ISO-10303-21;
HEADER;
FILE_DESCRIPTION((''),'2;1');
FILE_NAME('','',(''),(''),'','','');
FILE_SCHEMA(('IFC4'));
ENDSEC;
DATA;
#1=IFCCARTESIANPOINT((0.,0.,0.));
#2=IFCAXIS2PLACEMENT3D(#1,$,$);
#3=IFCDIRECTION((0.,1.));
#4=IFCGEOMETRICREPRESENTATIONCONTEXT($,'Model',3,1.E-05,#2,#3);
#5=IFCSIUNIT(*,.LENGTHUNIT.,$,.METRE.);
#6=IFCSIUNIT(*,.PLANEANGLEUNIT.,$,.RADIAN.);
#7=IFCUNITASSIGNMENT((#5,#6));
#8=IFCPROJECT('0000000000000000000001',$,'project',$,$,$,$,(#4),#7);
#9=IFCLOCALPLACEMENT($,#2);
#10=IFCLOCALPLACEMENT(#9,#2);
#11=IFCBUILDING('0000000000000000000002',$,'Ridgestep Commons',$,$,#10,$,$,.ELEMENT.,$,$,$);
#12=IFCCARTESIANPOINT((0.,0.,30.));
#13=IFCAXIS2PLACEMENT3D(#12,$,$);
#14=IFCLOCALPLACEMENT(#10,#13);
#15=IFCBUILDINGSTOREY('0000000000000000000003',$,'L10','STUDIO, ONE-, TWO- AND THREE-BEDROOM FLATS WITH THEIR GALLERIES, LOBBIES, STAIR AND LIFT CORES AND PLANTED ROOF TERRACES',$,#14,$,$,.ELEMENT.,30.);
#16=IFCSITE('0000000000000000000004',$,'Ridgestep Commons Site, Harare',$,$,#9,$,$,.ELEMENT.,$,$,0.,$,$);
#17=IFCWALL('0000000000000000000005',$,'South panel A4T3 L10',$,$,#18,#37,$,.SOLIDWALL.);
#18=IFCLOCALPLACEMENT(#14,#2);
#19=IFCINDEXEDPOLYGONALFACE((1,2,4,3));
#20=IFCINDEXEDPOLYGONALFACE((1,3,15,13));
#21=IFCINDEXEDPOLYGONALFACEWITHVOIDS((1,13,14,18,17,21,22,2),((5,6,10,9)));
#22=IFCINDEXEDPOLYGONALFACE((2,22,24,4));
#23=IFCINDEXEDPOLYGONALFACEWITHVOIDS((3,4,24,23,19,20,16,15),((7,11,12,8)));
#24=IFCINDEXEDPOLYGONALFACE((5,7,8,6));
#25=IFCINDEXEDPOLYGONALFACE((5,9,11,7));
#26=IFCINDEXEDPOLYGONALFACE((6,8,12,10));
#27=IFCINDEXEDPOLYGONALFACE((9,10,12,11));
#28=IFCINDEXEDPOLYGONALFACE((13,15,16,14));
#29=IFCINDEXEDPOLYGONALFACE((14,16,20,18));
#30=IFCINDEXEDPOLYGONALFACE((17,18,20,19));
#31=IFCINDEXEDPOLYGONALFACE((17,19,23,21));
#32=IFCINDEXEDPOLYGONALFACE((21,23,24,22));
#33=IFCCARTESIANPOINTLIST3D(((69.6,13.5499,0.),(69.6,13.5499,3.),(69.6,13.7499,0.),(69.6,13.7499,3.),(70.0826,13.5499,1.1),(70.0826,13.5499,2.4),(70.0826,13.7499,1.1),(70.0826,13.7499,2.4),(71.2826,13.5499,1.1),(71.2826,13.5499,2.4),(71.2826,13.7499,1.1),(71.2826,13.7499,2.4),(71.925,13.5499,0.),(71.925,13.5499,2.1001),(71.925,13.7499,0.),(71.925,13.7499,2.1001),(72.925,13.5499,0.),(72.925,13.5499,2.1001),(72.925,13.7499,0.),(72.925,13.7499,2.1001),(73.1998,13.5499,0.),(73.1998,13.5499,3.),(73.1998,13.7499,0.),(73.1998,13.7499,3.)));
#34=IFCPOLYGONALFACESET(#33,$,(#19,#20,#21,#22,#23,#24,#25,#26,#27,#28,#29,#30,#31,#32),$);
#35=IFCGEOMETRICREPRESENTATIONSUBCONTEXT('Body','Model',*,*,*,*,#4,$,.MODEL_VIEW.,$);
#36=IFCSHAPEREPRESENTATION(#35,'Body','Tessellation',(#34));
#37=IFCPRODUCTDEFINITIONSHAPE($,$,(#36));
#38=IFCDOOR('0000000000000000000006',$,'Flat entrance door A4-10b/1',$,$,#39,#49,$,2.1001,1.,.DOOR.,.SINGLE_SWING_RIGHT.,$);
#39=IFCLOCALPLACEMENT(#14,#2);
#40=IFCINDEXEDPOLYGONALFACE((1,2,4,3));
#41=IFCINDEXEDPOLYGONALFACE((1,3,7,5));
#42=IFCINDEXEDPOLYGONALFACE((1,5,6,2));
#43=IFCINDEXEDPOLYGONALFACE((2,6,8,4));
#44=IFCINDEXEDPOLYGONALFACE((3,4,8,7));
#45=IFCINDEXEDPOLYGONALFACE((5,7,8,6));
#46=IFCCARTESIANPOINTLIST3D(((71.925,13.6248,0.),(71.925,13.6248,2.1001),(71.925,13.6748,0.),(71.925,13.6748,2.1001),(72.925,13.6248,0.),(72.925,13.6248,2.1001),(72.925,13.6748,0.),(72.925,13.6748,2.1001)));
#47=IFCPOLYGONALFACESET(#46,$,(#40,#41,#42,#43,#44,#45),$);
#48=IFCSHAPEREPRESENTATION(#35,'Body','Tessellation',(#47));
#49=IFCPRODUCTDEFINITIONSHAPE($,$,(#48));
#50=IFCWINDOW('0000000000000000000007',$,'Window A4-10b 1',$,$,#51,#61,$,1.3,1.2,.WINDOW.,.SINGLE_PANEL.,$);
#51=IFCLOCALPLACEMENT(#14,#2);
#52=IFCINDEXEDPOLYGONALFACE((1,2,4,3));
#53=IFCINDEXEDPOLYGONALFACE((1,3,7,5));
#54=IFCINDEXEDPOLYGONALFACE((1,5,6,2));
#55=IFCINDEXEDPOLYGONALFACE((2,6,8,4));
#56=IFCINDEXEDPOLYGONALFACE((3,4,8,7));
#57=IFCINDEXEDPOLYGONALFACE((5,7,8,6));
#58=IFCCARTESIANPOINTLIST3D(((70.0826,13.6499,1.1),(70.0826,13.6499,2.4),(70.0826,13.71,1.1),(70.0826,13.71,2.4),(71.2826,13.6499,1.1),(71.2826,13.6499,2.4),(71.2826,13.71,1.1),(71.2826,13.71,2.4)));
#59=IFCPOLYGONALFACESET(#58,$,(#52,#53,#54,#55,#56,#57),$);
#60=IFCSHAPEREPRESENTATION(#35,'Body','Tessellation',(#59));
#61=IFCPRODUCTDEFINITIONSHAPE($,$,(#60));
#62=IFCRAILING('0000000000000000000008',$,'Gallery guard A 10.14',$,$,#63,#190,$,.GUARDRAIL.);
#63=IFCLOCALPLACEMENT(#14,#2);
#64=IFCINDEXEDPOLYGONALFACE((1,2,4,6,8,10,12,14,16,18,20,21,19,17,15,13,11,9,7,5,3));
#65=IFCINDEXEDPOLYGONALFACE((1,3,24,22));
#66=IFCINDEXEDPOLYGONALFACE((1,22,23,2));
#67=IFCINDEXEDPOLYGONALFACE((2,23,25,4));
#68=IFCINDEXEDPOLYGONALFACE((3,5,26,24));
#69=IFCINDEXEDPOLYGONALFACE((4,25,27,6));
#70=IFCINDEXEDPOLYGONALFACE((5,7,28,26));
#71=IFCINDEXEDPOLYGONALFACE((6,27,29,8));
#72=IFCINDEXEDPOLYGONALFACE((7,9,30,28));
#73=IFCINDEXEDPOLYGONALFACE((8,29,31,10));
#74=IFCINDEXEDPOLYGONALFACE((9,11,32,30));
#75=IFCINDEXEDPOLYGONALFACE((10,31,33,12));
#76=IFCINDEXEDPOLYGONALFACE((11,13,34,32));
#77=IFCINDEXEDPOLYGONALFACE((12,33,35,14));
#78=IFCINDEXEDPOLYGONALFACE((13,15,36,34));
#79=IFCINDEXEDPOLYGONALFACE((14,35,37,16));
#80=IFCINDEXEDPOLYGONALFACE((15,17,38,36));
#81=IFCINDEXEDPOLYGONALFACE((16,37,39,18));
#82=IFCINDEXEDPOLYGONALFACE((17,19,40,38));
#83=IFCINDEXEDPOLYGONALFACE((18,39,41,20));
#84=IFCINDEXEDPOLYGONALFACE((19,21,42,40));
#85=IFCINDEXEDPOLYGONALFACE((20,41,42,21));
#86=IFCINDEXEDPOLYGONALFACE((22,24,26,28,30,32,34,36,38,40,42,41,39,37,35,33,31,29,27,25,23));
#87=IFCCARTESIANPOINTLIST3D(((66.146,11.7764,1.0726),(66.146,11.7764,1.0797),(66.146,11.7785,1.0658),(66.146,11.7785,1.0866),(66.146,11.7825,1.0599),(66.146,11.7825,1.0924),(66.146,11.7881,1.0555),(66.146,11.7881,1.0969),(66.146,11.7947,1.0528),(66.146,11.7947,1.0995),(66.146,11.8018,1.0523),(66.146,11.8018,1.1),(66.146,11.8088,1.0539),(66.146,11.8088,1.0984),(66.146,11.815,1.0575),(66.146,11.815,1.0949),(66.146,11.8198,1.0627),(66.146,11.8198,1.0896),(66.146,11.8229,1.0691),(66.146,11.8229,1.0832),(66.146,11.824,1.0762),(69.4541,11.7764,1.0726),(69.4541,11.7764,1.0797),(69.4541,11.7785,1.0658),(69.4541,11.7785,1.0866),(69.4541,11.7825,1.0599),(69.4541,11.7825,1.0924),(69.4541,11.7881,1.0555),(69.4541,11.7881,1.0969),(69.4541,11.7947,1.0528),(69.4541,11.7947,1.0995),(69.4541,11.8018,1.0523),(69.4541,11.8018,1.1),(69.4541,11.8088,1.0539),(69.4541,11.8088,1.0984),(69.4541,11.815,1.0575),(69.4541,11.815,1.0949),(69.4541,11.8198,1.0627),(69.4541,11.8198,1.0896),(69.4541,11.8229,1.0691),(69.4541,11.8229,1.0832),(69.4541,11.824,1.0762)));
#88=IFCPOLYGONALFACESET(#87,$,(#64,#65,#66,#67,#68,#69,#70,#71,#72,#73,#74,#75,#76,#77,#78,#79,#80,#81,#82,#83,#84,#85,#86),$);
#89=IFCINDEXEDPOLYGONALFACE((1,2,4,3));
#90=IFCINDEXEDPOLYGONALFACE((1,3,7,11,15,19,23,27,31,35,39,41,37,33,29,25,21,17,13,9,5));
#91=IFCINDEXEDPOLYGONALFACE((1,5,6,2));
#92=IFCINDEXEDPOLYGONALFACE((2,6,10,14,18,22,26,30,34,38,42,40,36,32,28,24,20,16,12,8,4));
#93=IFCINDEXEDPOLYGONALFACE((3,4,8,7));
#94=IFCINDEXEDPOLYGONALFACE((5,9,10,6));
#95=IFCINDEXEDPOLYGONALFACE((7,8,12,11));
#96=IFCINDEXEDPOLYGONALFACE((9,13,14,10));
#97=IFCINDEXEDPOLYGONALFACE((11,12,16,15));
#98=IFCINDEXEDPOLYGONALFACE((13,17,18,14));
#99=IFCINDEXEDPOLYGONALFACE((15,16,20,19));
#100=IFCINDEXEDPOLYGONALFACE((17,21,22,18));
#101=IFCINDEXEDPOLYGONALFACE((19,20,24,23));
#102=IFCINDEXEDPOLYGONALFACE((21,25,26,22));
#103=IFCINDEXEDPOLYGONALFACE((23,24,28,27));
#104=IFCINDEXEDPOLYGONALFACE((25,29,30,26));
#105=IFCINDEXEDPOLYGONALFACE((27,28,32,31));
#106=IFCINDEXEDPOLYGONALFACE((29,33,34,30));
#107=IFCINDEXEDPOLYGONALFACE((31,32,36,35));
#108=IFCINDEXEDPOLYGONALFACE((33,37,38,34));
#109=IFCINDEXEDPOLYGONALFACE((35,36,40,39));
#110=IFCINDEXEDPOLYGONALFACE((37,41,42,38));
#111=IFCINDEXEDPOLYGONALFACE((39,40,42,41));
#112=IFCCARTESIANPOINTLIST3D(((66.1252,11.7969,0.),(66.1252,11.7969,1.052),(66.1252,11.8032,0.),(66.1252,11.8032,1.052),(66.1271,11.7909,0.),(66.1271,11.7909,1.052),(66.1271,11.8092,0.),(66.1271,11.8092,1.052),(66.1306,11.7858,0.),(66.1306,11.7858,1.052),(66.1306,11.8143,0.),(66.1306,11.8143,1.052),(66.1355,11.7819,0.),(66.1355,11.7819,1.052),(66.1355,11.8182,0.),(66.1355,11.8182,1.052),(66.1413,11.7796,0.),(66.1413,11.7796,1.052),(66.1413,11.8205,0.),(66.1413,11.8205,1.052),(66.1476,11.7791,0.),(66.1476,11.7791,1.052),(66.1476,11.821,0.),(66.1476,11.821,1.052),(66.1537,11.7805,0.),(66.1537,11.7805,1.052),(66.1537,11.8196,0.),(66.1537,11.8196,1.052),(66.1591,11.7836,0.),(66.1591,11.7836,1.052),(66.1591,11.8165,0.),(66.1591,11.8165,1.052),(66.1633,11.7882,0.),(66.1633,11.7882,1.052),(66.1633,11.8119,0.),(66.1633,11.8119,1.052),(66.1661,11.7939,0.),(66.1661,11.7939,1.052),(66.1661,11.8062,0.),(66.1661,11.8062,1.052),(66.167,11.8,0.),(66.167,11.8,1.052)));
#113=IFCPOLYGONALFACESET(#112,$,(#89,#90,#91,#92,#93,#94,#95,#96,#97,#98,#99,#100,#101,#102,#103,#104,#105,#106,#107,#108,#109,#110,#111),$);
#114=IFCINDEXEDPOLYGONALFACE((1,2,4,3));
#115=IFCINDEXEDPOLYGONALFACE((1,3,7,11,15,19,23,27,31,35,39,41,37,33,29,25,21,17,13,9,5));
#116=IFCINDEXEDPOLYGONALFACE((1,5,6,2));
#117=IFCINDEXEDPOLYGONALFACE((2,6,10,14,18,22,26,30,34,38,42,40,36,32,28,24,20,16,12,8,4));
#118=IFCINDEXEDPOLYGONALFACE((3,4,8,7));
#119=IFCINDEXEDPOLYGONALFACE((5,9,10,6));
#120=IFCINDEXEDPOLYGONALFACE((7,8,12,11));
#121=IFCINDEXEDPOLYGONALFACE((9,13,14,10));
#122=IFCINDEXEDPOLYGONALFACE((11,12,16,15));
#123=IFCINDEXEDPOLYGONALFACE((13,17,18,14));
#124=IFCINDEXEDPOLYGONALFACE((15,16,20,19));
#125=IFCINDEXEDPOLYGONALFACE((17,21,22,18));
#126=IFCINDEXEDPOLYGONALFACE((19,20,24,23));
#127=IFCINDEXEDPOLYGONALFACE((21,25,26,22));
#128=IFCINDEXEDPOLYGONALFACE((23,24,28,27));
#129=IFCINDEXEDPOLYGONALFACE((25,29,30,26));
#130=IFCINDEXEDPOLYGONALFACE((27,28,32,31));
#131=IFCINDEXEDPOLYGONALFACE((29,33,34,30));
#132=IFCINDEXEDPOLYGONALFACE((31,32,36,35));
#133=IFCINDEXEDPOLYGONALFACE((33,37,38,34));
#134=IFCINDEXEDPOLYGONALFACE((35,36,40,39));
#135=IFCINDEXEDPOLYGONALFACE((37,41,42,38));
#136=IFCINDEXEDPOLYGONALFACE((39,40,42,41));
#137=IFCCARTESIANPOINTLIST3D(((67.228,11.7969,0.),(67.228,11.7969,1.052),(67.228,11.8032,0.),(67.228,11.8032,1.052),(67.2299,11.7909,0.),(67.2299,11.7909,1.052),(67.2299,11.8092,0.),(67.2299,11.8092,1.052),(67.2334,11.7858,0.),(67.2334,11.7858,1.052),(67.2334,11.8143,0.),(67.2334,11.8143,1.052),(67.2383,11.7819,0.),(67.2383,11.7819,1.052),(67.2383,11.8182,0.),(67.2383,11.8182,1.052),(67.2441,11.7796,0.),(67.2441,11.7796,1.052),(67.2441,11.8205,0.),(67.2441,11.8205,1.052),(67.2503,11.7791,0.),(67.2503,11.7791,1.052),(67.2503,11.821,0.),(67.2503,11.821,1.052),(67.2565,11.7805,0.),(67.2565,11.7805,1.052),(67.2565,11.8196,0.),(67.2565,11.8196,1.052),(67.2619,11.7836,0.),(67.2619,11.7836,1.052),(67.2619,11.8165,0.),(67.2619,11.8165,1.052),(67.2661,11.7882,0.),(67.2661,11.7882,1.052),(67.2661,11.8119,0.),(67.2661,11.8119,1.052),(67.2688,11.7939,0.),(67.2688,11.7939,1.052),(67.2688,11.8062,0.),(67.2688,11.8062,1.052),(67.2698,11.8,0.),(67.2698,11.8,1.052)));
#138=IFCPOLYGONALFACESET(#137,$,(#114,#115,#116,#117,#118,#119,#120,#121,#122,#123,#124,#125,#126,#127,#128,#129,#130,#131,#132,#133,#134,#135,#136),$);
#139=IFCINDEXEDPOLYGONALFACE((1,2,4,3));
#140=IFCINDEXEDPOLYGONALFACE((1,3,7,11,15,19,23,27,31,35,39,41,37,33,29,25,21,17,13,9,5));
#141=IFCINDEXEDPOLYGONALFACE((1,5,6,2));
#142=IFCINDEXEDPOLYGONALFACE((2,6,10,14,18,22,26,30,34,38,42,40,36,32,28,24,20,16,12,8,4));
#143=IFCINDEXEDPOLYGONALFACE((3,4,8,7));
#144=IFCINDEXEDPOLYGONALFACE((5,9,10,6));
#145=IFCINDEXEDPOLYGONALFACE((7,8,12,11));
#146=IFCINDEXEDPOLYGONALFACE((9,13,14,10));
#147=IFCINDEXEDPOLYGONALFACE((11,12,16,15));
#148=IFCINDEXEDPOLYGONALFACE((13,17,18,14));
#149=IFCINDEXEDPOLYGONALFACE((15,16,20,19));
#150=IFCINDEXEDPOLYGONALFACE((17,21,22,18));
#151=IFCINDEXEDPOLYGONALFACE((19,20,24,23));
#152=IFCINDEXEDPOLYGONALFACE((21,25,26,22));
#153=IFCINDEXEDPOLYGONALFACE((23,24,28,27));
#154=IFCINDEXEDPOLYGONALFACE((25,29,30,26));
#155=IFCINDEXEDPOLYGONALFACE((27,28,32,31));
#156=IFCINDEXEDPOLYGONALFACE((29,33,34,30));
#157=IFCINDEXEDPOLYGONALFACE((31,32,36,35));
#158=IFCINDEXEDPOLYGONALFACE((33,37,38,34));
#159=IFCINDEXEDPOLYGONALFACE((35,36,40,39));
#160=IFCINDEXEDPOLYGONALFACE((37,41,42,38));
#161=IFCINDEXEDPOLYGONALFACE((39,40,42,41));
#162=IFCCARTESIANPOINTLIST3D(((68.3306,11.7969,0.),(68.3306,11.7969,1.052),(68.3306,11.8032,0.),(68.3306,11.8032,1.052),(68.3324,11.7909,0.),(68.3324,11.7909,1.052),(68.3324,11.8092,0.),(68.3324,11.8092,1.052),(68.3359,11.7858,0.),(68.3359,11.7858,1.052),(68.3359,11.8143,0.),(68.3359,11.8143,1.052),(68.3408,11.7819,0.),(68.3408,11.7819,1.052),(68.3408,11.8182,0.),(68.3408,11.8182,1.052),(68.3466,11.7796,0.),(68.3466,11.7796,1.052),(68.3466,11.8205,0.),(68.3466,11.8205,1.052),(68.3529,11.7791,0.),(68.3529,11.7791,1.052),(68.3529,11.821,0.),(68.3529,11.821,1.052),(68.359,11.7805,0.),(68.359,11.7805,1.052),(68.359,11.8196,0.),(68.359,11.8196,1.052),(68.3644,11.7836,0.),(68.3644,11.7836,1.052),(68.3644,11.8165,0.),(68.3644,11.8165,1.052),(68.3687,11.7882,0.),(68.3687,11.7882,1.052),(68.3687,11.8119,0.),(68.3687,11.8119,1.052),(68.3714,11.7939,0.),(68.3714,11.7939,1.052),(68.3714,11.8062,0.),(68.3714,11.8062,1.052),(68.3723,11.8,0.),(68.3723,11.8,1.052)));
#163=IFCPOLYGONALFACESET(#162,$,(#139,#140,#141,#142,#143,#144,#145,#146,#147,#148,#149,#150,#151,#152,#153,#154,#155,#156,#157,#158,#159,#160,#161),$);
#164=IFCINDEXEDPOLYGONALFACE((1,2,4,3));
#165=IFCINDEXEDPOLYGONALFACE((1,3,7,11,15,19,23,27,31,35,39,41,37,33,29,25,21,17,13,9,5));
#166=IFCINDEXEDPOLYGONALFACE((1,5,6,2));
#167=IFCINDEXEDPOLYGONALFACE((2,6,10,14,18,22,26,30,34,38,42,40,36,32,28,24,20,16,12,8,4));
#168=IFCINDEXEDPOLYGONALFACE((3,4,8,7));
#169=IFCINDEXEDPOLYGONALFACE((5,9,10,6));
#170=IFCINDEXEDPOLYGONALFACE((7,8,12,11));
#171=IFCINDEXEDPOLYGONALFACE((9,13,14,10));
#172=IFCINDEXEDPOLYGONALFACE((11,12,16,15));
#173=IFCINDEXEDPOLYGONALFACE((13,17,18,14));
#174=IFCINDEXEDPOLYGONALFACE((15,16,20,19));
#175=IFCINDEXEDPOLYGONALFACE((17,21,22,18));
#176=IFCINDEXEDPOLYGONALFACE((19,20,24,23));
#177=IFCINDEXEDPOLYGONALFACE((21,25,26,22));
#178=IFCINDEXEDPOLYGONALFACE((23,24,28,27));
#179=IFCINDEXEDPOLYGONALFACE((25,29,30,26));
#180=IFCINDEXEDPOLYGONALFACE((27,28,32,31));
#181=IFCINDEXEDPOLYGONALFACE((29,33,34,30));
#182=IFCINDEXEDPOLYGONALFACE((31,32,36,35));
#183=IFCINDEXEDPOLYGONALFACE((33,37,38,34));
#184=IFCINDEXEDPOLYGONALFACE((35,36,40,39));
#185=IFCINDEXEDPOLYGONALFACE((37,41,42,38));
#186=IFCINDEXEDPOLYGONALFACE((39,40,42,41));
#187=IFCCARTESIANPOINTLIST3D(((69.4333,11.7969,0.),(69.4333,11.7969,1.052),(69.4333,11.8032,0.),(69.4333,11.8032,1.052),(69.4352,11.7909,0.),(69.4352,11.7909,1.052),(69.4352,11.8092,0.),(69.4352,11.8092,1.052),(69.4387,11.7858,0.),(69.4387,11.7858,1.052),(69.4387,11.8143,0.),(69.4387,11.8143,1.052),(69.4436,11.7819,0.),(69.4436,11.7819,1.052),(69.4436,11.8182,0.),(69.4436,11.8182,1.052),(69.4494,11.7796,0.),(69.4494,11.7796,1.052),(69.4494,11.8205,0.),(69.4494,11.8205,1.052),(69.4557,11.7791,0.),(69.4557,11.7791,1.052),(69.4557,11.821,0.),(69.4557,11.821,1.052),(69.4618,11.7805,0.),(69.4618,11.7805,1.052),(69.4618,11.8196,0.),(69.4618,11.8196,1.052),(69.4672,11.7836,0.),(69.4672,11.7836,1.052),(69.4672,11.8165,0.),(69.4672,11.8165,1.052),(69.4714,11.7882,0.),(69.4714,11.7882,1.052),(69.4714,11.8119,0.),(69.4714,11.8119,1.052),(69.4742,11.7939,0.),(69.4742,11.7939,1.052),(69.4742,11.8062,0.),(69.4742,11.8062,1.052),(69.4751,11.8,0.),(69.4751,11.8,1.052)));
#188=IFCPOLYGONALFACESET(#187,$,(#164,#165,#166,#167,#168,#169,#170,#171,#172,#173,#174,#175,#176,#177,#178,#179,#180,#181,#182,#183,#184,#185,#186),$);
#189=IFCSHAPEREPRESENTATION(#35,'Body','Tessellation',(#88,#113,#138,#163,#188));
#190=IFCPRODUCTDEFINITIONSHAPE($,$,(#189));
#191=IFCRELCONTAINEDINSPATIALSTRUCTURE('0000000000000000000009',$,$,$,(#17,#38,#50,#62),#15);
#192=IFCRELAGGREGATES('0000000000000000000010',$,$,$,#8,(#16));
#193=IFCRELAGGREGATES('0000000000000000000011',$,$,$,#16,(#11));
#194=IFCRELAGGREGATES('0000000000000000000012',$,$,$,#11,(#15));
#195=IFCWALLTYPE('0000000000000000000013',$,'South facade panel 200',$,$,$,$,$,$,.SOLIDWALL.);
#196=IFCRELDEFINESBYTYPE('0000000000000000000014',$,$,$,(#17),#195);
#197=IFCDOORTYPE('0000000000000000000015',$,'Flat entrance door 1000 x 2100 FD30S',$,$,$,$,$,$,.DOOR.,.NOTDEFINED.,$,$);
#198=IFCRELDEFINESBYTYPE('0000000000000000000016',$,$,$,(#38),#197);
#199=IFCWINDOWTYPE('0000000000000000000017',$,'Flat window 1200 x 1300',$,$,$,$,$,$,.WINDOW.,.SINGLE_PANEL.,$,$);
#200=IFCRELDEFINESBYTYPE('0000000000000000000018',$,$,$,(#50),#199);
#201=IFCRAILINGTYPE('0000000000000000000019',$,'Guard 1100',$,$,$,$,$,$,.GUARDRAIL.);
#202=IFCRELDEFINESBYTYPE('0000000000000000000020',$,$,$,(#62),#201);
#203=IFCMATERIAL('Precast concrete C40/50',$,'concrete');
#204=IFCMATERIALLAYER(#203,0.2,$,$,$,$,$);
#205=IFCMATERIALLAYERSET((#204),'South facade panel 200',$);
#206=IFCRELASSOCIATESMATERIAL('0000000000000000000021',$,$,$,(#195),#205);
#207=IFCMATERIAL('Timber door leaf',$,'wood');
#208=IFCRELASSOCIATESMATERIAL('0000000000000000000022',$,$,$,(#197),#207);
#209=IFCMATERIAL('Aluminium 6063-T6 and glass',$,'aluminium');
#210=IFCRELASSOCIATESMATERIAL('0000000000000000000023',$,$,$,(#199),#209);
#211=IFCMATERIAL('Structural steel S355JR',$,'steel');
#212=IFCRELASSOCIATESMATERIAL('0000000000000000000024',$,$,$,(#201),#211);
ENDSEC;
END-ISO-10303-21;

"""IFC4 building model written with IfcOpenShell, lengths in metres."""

from ifc_helpers import new_model, si_unit, direction, frame, frame_2d, origin, origin_2d, place, context, subcontext, project, spatial, rectangle, circle, extrude, material, layer, layer_set, type_object, element, fill, save


model = new_model("IFC4")

# Units and contexts
model_context = context("Model", 3, precision=1e-05, world=origin(), true_north=direction((0.0, 1.0)))
body_context = subcontext(model_context, "Body", "Model", "MODEL_VIEW")
ifc_project = project(units=[si_unit("LENGTHUNIT", "METRE"), si_unit("PLANEANGLEUNIT", "RADIAN")], contexts=[model_context])

# Site, building, storey
site_placement = place(None, origin())
site = spatial("IfcSite", under=ifc_project, at=site_placement, Name="Ridgestep Commons Site, Harare", CompositionType="ELEMENT", RefElevation=0.0)
building_placement = place(site_placement, origin())
building = spatial("IfcBuilding", under=site, at=building_placement, Name="Ridgestep Commons", CompositionType="ELEMENT")
storey_placement = place(building_placement, frame((0.0, 0.0, 30.0)))
storey = spatial("IfcBuildingStorey", under=building, at=storey_placement, Name="L10", Description="STUDIO, ONE-, TWO- AND THREE-BEDROOM FLATS WITH THEIR GALLERIES, LOBBIES, STAIR AND LIFT CORES AND PLANTED ROOF TERRACES", CompositionType="ELEMENT", Elevation=30.0)

# Wall, openings, door, window
ifc_material_1 = material(Name="Precast concrete C40/50", Category="concrete")
ifc_layer_1 = layer(ifc_material_1, 0.2)
ifc_layer_set_1 = layer_set([ifc_layer_1], Name="South facade panel 200")
wall_type_1 = type_object("IfcWallType", Name="South facade panel 200", PredefinedType="SOLIDWALL", material=ifc_layer_set_1)
wall_1_placement = place(storey_placement, frame((69.6001, 13.6499, 0.0), z_axis=(0.0, 0.0, 1.0), x_axis=(1.0, 0.0, 0.0)))
wall_1 = element("IfcWall", 1, at=wall_1_placement, inside=storey, type_object=wall_type_1, Name="South panel A4T3 L10", PredefinedType="SOLIDWALL", context=body_context, shape_type="SweptSolid", body=[
    extrude(rectangle(XDim=3.5999, YDim=0.2, at=frame_2d((1.7998, 0.0))), origin(), (0.0, 0.0, 1.0), 3.0),
])
opening_1_placement = place(wall_1_placement, frame((0.4824, 0.0, 1.1001)))
opening_1 = element("IfcOpeningElement", 2, at=opening_1_placement, cuts=wall_1, PredefinedType="OPENING", context=body_context, shape_type="SweptSolid", body=[
    extrude(rectangle(XDim=1.2, YDim=1.3, at=frame_2d((0.6001, 0.6499))), frame((0.0, 0.1099, 0.0), z_axis=(0.0, -1.0, 0.0), x_axis=(1.0, 0.0, 0.0)), (0.0, 0.0, 1.0), 0.22),
])
opening_2_placement = place(wall_1_placement, frame((2.325, 0.0, 0.0)))
opening_2 = element("IfcOpeningElement", 3, at=opening_2_placement, cuts=wall_1, PredefinedType="OPENING", context=body_context, shape_type="SweptSolid", body=[
    extrude(rectangle(XDim=1.0, YDim=2.1001, at=frame_2d((0.5, 1.05))), frame((0.0, 0.1099, 0.0), z_axis=(0.0, -1.0, 0.0), x_axis=(1.0, 0.0, 0.0)), (0.0, 0.0, 1.0), 0.22),
])
ifc_material_2 = material(Name="Timber door leaf", Category="wood")
door_type_1 = type_object("IfcDoorType", Name="Flat entrance door 1000 x 2100 FD30S", OperationType="NOTDEFINED", PredefinedType="DOOR", material=ifc_material_2)
door_1_placement = place(opening_2_placement, origin())
door_1 = element("IfcDoor", 4, at=door_1_placement, inside=storey, type_object=door_type_1, Name="Flat entrance door A4-10b/1", OperationType="SINGLE_SWING_RIGHT", OverallHeight=2.1001, OverallWidth=1.0, PredefinedType="DOOR", context=body_context, shape_type="SweptSolid", body=[
    extrude(rectangle(XDim=1.0, YDim=2.1001, at=frame_2d((0.5, 1.05))), frame((0.0, 0.0249, 0.0), z_axis=(0.0, -1.0, 0.0), x_axis=(1.0, 0.0, 0.0)), (0.0, 0.0, 1.0), 0.05),
])
fill(opening_2, door_1)
ifc_material_3 = material(Name="Aluminium 6063-T6 and glass", Category="aluminium")
window_type = type_object("IfcWindowType", Name="Flat window 1200 x 1300", PartitioningType="SINGLE_PANEL", PredefinedType="WINDOW", material=ifc_material_3)
window_placement = place(opening_1_placement, origin())
window = element("IfcWindow", 5, at=window_placement, inside=storey, type_object=window_type, Name="Window A4-10b 1", OverallHeight=1.3, OverallWidth=1.2, PartitioningType="SINGLE_PANEL", PredefinedType="WINDOW", context=body_context, shape_type="SweptSolid", body=[
    extrude(rectangle(XDim=1.2, YDim=1.3, at=frame_2d((0.6001, 0.6499))), frame((0.0, 0.0601, 0.0), z_axis=(0.0, -1.0, 0.0), x_axis=(1.0, 0.0, 0.0)), (0.0, 0.0, 1.0), 0.0601),
])
fill(opening_1, window)

# Railing
ifc_material_4 = material(Name="Structural steel S355JR", Category="steel")
railing_type = type_object("IfcRailingType", Name="Guard 1100", PredefinedType="GUARDRAIL", material=ifc_material_4)
railing_placement = place(storey_placement, frame((66.146, 11.8, 0.0)))
element("IfcRailing", 6, at=railing_placement, inside=storey, type_object=railing_type, Name="Gallery guard A 10.14", PredefinedType="GUARDRAIL", context=body_context, shape_type="SweptSolid", body=[
    extrude(circle(Radius=0.0239, at=origin_2d()), frame((0.0, 0.0, 1.0762), z_axis=(1.0, 0.0, 0.0), x_axis=(0.0, 1.0, 0.0)), (0.0, 0.0, 1.0), 3.3081),
    extrude(circle(Radius=0.021, at=origin_2d()), origin(), (0.0, 0.0, 1.0), 1.052),
    extrude(circle(Radius=0.021, at=origin_2d()), frame((1.1028, 0.0, 0.0)), (0.0, 0.0, 1.0), 1.052),
    extrude(circle(Radius=0.021, at=origin_2d()), frame((2.2053, 0.0, 0.0)), (0.0, 0.0, 1.0), 1.052),
    extrude(circle(Radius=0.021, at=origin_2d()), frame((3.3081, 0.0, 0.0)), (0.0, 0.0, 1.0), 1.052),
])

save(model, "model.ifc")
